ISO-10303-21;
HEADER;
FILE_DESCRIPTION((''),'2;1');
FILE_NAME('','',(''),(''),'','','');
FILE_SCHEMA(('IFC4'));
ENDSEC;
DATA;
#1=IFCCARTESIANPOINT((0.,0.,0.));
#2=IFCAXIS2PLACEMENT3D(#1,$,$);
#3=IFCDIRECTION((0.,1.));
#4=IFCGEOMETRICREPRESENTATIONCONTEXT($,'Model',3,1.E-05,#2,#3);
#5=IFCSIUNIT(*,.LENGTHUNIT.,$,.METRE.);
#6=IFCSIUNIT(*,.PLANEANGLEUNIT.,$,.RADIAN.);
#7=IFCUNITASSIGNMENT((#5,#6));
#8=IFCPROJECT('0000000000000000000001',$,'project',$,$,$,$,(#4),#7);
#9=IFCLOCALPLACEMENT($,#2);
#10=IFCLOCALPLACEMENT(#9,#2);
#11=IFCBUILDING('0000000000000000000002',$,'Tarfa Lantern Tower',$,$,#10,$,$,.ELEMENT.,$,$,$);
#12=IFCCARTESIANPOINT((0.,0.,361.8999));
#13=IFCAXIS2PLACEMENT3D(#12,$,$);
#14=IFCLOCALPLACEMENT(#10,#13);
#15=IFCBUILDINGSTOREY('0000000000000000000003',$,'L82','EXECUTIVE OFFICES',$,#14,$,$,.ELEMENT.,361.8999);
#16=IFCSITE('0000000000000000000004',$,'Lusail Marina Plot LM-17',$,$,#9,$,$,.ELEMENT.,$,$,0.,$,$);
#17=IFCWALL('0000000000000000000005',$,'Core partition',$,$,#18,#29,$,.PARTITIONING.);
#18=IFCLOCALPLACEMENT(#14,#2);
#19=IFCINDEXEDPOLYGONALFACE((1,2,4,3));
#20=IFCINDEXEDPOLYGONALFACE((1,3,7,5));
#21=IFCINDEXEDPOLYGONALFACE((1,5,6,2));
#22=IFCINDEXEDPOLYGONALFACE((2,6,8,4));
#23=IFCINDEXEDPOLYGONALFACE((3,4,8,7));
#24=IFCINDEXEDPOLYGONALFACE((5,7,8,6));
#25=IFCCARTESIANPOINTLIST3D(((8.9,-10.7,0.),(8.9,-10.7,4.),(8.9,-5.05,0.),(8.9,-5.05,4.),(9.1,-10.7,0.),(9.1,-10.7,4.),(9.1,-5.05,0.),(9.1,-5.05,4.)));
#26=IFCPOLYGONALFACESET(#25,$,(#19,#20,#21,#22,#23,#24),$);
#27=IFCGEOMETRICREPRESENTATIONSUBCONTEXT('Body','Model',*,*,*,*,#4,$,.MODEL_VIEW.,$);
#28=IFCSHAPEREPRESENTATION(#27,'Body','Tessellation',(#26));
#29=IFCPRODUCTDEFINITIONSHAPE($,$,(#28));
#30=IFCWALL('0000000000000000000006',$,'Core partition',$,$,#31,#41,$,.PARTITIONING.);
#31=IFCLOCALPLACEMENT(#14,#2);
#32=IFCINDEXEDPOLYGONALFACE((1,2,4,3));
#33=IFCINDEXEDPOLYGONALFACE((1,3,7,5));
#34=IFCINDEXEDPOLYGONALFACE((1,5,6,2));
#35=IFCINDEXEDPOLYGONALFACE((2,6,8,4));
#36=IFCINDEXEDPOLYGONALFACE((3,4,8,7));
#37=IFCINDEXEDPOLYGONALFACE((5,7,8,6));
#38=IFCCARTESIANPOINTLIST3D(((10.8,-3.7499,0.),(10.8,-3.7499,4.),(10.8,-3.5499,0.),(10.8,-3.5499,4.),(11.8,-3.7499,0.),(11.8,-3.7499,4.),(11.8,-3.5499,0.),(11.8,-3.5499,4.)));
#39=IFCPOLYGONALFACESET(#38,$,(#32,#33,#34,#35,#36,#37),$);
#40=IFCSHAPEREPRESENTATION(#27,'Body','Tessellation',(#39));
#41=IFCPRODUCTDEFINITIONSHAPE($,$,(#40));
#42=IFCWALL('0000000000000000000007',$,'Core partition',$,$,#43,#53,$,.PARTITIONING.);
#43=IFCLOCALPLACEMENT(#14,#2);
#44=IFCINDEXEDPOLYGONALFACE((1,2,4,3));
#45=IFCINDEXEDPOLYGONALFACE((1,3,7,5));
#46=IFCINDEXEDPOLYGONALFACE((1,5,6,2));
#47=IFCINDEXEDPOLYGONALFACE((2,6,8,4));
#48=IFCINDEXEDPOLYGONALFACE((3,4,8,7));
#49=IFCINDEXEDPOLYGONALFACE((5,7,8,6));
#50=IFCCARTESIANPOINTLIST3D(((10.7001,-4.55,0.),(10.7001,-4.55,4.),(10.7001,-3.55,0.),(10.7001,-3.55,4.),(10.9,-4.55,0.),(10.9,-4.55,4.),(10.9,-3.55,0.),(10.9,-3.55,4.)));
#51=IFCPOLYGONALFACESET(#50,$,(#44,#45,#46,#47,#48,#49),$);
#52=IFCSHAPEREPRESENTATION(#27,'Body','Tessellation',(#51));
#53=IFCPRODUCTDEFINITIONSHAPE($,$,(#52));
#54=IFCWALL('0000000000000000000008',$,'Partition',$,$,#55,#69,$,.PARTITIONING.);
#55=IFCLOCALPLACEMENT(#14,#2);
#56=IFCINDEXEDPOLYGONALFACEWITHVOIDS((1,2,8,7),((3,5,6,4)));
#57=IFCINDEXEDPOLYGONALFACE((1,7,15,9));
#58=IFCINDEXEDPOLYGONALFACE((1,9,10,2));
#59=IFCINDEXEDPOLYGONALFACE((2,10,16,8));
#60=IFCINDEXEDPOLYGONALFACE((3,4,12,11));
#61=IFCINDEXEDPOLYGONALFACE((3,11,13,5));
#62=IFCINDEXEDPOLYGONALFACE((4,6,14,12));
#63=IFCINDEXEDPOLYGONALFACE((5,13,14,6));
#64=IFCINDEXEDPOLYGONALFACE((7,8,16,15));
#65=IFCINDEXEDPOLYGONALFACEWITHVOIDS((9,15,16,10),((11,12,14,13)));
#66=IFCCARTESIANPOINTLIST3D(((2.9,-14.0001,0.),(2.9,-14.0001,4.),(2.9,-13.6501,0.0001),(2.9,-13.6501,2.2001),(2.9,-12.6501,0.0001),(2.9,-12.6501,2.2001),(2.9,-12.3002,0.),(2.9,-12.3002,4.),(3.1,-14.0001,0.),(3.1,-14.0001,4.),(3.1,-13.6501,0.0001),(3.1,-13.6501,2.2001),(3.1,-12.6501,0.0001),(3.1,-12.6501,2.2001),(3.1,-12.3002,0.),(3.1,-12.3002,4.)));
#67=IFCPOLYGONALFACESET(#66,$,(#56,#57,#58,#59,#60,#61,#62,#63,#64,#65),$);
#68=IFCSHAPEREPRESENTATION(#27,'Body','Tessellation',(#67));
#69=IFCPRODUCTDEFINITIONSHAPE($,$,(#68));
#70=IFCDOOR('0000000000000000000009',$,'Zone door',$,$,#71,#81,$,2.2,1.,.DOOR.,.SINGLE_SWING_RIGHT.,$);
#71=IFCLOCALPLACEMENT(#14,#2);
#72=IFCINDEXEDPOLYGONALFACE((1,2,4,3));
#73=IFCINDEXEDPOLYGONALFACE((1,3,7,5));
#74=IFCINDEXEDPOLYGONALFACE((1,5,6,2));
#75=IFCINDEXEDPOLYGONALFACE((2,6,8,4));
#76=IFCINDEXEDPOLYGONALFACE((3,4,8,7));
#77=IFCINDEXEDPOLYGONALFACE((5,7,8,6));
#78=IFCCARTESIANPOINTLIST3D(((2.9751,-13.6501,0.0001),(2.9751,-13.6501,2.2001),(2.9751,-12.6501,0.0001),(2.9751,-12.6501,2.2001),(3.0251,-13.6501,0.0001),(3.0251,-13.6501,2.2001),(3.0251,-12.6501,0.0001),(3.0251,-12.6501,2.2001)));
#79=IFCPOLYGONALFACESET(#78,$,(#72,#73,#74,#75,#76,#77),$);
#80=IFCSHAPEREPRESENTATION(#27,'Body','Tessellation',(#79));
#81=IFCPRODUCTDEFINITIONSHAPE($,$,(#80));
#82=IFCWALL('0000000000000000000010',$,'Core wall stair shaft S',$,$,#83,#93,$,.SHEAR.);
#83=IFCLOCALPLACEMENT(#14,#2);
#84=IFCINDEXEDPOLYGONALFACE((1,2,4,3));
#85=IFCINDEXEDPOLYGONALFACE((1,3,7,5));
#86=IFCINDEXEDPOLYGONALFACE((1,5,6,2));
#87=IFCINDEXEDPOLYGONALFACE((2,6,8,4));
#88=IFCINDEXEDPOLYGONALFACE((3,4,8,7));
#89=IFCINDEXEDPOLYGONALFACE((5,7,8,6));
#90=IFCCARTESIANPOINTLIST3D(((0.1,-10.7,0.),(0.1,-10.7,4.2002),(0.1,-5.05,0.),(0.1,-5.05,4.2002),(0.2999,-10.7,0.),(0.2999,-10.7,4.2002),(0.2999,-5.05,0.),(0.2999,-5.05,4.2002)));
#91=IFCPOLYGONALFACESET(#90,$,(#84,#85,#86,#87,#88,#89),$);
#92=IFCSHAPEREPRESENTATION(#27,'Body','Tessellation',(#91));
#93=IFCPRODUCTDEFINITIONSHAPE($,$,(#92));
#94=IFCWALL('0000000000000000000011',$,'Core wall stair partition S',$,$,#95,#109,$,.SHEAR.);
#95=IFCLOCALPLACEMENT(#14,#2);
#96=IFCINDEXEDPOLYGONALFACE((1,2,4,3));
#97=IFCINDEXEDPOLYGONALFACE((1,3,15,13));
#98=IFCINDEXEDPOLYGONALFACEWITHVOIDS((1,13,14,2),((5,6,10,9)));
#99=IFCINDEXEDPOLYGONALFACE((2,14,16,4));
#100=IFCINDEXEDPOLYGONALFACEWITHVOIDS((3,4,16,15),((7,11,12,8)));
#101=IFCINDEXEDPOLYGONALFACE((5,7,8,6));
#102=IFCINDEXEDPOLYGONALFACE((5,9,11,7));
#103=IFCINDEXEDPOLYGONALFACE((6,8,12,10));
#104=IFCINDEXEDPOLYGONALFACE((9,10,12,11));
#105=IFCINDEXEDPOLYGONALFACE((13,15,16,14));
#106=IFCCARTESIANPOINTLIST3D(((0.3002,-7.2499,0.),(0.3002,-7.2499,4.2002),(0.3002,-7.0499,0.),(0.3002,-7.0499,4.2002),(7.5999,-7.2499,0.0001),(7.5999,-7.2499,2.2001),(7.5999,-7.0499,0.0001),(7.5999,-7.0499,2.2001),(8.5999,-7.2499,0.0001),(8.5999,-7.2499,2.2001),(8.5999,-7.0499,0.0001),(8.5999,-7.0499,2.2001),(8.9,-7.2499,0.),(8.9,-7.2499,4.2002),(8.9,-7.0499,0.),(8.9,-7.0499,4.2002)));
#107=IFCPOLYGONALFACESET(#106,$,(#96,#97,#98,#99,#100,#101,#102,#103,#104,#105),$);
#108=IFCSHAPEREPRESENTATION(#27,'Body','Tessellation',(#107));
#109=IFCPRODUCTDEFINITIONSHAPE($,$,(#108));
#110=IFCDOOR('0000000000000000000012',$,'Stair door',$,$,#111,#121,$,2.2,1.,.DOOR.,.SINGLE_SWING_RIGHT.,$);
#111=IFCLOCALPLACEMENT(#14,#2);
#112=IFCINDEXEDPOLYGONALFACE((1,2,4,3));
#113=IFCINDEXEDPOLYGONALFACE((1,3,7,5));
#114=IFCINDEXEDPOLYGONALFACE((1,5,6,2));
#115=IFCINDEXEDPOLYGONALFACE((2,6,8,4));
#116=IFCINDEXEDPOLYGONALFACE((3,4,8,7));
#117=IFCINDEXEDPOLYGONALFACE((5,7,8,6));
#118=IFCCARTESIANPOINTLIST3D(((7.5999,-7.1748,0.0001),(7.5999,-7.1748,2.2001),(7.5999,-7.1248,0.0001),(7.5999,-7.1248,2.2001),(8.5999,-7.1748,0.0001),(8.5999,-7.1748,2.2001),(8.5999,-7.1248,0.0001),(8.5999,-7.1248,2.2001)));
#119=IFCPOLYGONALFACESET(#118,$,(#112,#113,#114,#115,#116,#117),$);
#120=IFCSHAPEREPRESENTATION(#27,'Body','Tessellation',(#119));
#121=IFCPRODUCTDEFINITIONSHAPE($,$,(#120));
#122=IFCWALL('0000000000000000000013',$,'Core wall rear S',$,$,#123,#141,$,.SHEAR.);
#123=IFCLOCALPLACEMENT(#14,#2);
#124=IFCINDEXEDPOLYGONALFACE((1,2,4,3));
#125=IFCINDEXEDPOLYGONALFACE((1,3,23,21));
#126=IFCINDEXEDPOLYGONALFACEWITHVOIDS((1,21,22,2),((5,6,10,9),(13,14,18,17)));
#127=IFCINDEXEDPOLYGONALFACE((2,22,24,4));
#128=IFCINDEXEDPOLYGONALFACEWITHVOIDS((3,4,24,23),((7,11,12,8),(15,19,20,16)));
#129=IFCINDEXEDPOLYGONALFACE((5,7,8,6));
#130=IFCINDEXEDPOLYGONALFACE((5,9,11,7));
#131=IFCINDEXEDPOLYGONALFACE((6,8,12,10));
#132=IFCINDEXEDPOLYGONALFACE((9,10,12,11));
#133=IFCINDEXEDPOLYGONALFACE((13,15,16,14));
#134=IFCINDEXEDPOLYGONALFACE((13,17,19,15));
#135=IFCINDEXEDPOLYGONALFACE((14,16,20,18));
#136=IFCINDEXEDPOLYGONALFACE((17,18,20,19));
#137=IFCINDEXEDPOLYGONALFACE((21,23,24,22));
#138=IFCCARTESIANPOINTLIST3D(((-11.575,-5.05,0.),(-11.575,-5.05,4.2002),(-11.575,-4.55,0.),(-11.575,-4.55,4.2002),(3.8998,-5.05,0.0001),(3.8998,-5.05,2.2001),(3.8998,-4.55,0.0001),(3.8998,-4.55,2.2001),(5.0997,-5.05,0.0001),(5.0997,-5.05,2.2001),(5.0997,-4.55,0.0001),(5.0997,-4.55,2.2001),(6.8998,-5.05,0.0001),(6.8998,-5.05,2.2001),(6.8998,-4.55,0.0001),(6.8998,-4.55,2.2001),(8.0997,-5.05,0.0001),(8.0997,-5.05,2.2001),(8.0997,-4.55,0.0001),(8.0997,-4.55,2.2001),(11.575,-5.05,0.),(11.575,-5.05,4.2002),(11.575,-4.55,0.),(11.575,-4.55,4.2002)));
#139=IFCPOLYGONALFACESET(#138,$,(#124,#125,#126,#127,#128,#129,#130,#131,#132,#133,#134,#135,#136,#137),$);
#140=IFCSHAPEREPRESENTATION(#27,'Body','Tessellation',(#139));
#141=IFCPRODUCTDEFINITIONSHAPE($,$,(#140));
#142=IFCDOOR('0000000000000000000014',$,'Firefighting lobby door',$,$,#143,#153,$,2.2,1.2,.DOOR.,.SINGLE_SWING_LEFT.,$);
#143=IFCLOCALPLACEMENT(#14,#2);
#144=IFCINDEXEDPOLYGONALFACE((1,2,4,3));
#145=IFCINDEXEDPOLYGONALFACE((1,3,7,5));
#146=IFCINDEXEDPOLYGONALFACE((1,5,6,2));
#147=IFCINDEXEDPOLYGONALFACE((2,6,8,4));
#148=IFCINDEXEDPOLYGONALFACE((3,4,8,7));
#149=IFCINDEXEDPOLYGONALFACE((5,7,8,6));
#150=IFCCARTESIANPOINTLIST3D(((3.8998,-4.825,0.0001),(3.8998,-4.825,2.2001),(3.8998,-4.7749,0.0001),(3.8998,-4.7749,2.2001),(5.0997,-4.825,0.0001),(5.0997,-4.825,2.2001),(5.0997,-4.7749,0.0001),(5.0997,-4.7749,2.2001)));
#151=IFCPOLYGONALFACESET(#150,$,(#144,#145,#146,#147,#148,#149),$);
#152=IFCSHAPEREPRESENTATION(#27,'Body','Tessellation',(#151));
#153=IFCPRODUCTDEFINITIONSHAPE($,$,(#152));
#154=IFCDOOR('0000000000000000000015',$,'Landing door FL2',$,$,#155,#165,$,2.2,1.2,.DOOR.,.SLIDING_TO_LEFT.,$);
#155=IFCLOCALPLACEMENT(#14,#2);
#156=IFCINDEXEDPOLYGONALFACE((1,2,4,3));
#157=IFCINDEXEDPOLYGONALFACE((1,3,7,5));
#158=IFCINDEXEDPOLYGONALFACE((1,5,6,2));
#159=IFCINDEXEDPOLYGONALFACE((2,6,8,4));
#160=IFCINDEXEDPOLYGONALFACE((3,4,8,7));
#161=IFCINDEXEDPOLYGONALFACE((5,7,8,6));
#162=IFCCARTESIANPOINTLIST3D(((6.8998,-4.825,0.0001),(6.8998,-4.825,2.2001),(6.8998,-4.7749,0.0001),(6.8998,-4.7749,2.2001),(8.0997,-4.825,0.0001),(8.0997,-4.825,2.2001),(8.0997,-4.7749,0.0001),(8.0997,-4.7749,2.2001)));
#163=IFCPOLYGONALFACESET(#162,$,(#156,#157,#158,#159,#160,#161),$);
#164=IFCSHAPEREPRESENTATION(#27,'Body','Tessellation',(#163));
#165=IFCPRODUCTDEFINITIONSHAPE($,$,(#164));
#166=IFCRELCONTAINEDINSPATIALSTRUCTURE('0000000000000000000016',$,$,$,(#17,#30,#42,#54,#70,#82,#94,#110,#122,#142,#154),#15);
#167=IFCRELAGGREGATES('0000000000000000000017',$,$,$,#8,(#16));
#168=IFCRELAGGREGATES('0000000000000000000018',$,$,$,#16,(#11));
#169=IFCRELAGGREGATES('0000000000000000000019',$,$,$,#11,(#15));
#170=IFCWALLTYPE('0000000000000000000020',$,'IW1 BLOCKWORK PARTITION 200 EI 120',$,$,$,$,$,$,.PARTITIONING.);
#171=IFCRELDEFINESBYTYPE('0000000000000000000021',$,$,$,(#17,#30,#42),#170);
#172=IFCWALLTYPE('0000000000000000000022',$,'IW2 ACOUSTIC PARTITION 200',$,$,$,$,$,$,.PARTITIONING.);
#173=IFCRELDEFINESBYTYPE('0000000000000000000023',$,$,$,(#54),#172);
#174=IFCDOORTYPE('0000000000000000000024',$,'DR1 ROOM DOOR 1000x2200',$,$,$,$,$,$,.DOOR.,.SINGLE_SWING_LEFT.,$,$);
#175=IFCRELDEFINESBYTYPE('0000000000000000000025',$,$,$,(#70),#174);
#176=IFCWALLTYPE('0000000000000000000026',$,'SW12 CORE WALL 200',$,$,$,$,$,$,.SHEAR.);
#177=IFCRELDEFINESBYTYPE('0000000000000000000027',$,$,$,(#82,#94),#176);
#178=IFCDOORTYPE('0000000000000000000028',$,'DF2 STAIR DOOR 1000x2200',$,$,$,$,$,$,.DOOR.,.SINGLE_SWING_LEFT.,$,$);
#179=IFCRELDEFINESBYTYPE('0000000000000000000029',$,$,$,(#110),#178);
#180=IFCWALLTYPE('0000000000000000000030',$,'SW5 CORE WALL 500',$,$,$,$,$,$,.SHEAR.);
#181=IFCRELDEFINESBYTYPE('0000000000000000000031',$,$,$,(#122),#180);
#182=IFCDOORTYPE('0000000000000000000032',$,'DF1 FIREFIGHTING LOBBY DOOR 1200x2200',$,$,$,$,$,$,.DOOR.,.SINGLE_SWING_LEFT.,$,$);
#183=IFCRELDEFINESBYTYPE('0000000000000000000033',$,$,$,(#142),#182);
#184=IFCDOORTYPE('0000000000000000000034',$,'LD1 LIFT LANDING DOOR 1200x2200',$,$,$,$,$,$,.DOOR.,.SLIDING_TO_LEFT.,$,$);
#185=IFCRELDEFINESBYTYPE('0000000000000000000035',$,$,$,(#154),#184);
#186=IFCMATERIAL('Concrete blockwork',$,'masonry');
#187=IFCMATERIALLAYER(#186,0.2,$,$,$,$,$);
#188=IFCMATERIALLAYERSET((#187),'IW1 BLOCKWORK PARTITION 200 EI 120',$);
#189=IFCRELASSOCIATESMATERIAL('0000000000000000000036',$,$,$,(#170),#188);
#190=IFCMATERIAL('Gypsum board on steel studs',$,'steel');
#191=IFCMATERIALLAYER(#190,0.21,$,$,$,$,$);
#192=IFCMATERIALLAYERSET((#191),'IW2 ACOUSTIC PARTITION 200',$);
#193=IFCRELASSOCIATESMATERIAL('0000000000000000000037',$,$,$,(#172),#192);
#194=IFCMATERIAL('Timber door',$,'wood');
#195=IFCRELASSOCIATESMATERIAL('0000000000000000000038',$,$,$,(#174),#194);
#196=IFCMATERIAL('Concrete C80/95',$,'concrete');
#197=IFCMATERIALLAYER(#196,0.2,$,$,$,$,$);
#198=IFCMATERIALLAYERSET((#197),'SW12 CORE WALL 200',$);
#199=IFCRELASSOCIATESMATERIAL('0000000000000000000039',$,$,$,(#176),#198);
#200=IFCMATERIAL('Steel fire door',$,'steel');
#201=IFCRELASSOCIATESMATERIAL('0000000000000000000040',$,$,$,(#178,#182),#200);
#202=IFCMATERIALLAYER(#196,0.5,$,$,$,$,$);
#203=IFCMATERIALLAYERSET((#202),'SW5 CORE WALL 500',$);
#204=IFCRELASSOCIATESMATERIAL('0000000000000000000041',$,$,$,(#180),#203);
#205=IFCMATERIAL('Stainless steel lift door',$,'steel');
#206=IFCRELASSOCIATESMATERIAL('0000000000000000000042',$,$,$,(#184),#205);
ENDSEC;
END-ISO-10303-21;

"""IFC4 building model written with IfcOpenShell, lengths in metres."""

from ifc_helpers import new_model, si_unit, direction, frame, frame_2d, origin, place, context, subcontext, project, spatial, rectangle, extrude, material, layer, layer_set, type_object, element, fill, save


model = new_model("IFC4")

# Units and contexts
model_context = context("Model", 3, precision=1e-05, world=origin(), true_north=direction((0.0, 1.0)))
body_context = subcontext(model_context, "Body", "Model", "MODEL_VIEW")
ifc_project = project(units=[si_unit("LENGTHUNIT", "METRE"), si_unit("PLANEANGLEUNIT", "RADIAN")], contexts=[model_context])

# Site, building, storey
site_placement = place(None, origin())
site = spatial("IfcSite", under=ifc_project, at=site_placement, Name="Lusail Marina Plot LM-17", CompositionType="ELEMENT", RefElevation=0.0)
building_placement = place(site_placement, origin())
building = spatial("IfcBuilding", under=site, at=building_placement, Name="Tarfa Lantern Tower", CompositionType="ELEMENT")
storey_placement = place(building_placement, frame((0.0, 0.0, 361.8999)))
storey = spatial("IfcBuildingStorey", under=building, at=storey_placement, Name="L82", Description="EXECUTIVE OFFICES", CompositionType="ELEMENT", Elevation=361.8999)

# Walls
ifc_material_1 = material(Name="Concrete blockwork", Category="masonry")
ifc_layer_1 = layer(ifc_material_1, 0.2)
ifc_layer_set_1 = layer_set([ifc_layer_1], Name="IW1 BLOCKWORK PARTITION 200 EI 120")
wall_type_1 = type_object("IfcWallType", Name="IW1 BLOCKWORK PARTITION 200 EI 120", PredefinedType="PARTITIONING", material=ifc_layer_set_1)
wall_1_placement = place(storey_placement, frame((9.0, -5.05, 0.0), z_axis=(0.0, 0.0, 1.0), x_axis=(0.0, -1.0, 0.0)))
element("IfcWall", 1, at=wall_1_placement, inside=storey, type_object=wall_type_1, Name="Core partition", PredefinedType="PARTITIONING", context=body_context, shape_type="SweptSolid", body=[
    extrude(rectangle(XDim=5.6499, YDim=0.2, at=frame_2d((2.825, 0.0))), origin(), (0.0, 0.0, 1.0), 4.0),
])
for number, where, z_axis, x_axis, name in (
    (2, (11.8, -3.6499, 0.0), (0.0, 0.0, 1.0), (-1.0, 0.0, 0.0), "Core partition"),
    (3, (10.8, -3.55, 0.0), (0.0, 0.0, 1.0), (0.0, -1.0, 0.0), "Core partition"),
):
    element("IfcWall", number, at=place(storey_placement, frame(where, z_axis=z_axis, x_axis=x_axis)), inside=storey, type_object=wall_type_1, Name=name, PredefinedType="PARTITIONING", context=body_context, shape_type="SweptSolid", body=[
        extrude(rectangle(XDim=1.0, YDim=0.2, at=frame_2d((0.5, 0.0))), origin(), (0.0, 0.0, 1.0), 4.0),
    ])

# Wall, opening, door
ifc_material_2 = material(Name="Gypsum board on steel studs", Category="steel")
ifc_layer_2 = layer(ifc_material_2, 0.21)
ifc_layer_set_2 = layer_set([ifc_layer_2], Name="IW2 ACOUSTIC PARTITION 200")
wall_type_2 = type_object("IfcWallType", Name="IW2 ACOUSTIC PARTITION 200", PredefinedType="PARTITIONING", material=ifc_layer_set_2)
wall_2_placement = place(storey_placement, frame((3.0, -12.3, 0.0), z_axis=(0.0, 0.0, 1.0), x_axis=(0.0, -1.0, 0.0)))
wall_2 = element("IfcWall", 4, at=wall_2_placement, inside=storey, type_object=wall_type_2, Name="Partition", PredefinedType="PARTITIONING", context=body_context, shape_type="SweptSolid", body=[
    extrude(rectangle(XDim=1.7, YDim=0.2, at=frame_2d((0.8501, 0.0))), origin(), (0.0, 0.0, 1.0), 4.0),
])
opening_1_placement = place(wall_2_placement, frame((0.3501, 0.0, 0.0)))
opening_1 = element("IfcOpeningElement", 5, at=opening_1_placement, cuts=wall_2, PredefinedType="OPENING", context=body_context, shape_type="SweptSolid", body=[
    extrude(rectangle(XDim=1.0, YDim=2.2, at=frame_2d((0.5, 1.1001))), frame((0.0, 0.1099, 0.0), z_axis=(0.0, -1.0, 0.0), x_axis=(1.0, 0.0, 0.0)), (0.0, 0.0, 1.0), 0.22),
])
ifc_material_3 = material(Name="Timber door", Category="wood")
door_type_1 = type_object("IfcDoorType", Name="DR1 ROOM DOOR 1000x2200", OperationType="SINGLE_SWING_LEFT", PredefinedType="DOOR", material=ifc_material_3)
door_1_placement = place(opening_1_placement, frame((1.0, 0.0, 0.0), z_axis=(0.0, 0.0, 1.0), x_axis=(-1.0, 0.0, 0.0)))
door_1 = element("IfcDoor", 6, at=door_1_placement, inside=storey, type_object=door_type_1, Name="Zone door", OperationType="SINGLE_SWING_RIGHT", OverallHeight=2.2, OverallWidth=1.0, PredefinedType="DOOR", context=body_context, shape_type="SweptSolid", body=[
    extrude(rectangle(XDim=1.0, YDim=2.2, at=frame_2d((0.5, 1.1001))), frame((0.0, 0.0249, 0.0), z_axis=(0.0, -1.0, 0.0), x_axis=(1.0, 0.0, 0.0)), (0.0, 0.0, 1.0), 0.05),
])
fill(opening_1, door_1)

# Wall
ifc_material_4 = material(Name="Concrete C80/95", Category="concrete")
ifc_layer_3 = layer(ifc_material_4, 0.2)
ifc_layer_set_3 = layer_set([ifc_layer_3], Name="SW12 CORE WALL 200")
wall_type_3 = type_object("IfcWallType", Name="SW12 CORE WALL 200", PredefinedType="SHEAR", material=ifc_layer_set_3)
wall_3_placement = place(storey_placement, frame((0.2, -5.05, 0.0), z_axis=(0.0, 0.0, 1.0), x_axis=(0.0, -1.0, 0.0)))
element("IfcWall", 7, at=wall_3_placement, inside=storey, type_object=wall_type_3, Name="Core wall stair shaft S", PredefinedType="SHEAR", context=body_context, shape_type="SweptSolid", body=[
    extrude(rectangle(XDim=5.6499, YDim=0.2, at=frame_2d((2.825, 0.0))), origin(), (0.0, 0.0, 1.0), 4.2002),
])

# Wall, opening, door
wall_4_placement = place(storey_placement, frame((8.8999, -7.1499, 0.0), z_axis=(0.0, 0.0, 1.0), x_axis=(-1.0, 0.0, 0.0)))
wall_4 = element("IfcWall", 8, at=wall_4_placement, inside=storey, type_object=wall_type_3, Name="Core wall stair partition S", PredefinedType="SHEAR", context=body_context, shape_type="SweptSolid", body=[
    extrude(rectangle(XDim=8.5999, YDim=0.2, at=frame_2d((4.2998, 0.0))), origin(), (0.0, 0.0, 1.0), 4.2002),
])
opening_2_placement = place(wall_4_placement, frame((0.3, 0.0, 0.0)))
opening_2 = element("IfcOpeningElement", 9, at=opening_2_placement, cuts=wall_4, PredefinedType="OPENING", context=body_context, shape_type="SweptSolid", body=[
    extrude(rectangle(XDim=1.0, YDim=2.2, at=frame_2d((0.5, 1.1001))), frame((0.0, 0.1099, 0.0), z_axis=(0.0, -1.0, 0.0), x_axis=(1.0, 0.0, 0.0)), (0.0, 0.0, 1.0), 0.22),
])
ifc_material_5 = material(Name="Steel fire door", Category="steel")
door_type_2 = type_object("IfcDoorType", Name="DF2 STAIR DOOR 1000x2200", OperationType="SINGLE_SWING_LEFT", PredefinedType="DOOR", material=ifc_material_5)
door_2_placement = place(opening_2_placement, origin())
door_2 = element("IfcDoor", 10, at=door_2_placement, inside=storey, type_object=door_type_2, Name="Stair door", OperationType="SINGLE_SWING_RIGHT", OverallHeight=2.2, OverallWidth=1.0, PredefinedType="DOOR", context=body_context, shape_type="SweptSolid", body=[
    extrude(rectangle(XDim=1.0, YDim=2.2, at=frame_2d((0.5, 1.1001))), frame((0.0, 0.0249, 0.0), z_axis=(0.0, -1.0, 0.0), x_axis=(1.0, 0.0, 0.0)), (0.0, 0.0, 1.0), 0.05),
])
fill(opening_2, door_2)

# Wall, openings, doors
ifc_layer_4 = layer(ifc_material_4, 0.5)
ifc_layer_set_4 = layer_set([ifc_layer_4], Name="SW5 CORE WALL 500")
wall_type_4 = type_object("IfcWallType", Name="SW5 CORE WALL 500", PredefinedType="SHEAR", material=ifc_layer_set_4)
wall_5_placement = place(storey_placement, frame((11.575, -4.8, 0.0), z_axis=(0.0, 0.0, 1.0), x_axis=(-1.0, 0.0, 0.0)))
wall_5 = element("IfcWall", 11, at=wall_5_placement, inside=storey, type_object=wall_type_4, Name="Core wall rear S", PredefinedType="SHEAR", context=body_context, shape_type="SweptSolid", body=[
    extrude(rectangle(XDim=23.1499, YDim=0.5, at=frame_2d((11.575, 0.0))), origin(), (0.0, 0.0, 1.0), 4.2002),
])
opening_3_placement = place(wall_5_placement, frame((6.4751, 0.0, 0.0)))
opening_3 = element("IfcOpeningElement", 12, at=opening_3_placement, cuts=wall_5, PredefinedType="OPENING", context=body_context, shape_type="SweptSolid", body=[
    extrude(rectangle(XDim=1.2, YDim=2.2, at=frame_2d((0.6001, 1.1001))), frame((0.0, 0.26, 0.0), z_axis=(0.0, -1.0, 0.0), x_axis=(1.0, 0.0, 0.0)), (0.0, 0.0, 1.0), 0.52),
])
opening_4_placement = place(wall_5_placement, frame((3.4751, 0.0, 0.0)))
opening_4 = element("IfcOpeningElement", 13, at=opening_4_placement, cuts=wall_5, PredefinedType="OPENING", context=body_context, shape_type="SweptSolid", body=[
    extrude(rectangle(XDim=1.2, YDim=2.2, at=frame_2d((0.6001, 1.1001))), frame((0.0, 0.26, 0.0), z_axis=(0.0, -1.0, 0.0), x_axis=(1.0, 0.0, 0.0)), (0.0, 0.0, 1.0), 0.52),
])
door_type_3 = type_object("IfcDoorType", Name="DF1 FIREFIGHTING LOBBY DOOR 1200x2200", OperationType="SINGLE_SWING_LEFT", PredefinedType="DOOR", material=ifc_material_5)
door_3_placement = place(opening_3_placement, origin())
door_3 = element("IfcDoor", 14, at=door_3_placement, inside=storey, type_object=door_type_3, Name="Firefighting lobby door", OperationType="SINGLE_SWING_LEFT", OverallHeight=2.2, OverallWidth=1.2, PredefinedType="DOOR", context=body_context, shape_type="SweptSolid", body=[
    extrude(rectangle(XDim=1.2, YDim=2.2, at=frame_2d((0.6001, 1.1001))), frame((0.0, 0.0249, 0.0), z_axis=(0.0, -1.0, 0.0), x_axis=(1.0, 0.0, 0.0)), (0.0, 0.0, 1.0), 0.05),
])
fill(opening_3, door_3)
ifc_material_6 = material(Name="Stainless steel lift door", Category="steel")
door_type_4 = type_object("IfcDoorType", Name="LD1 LIFT LANDING DOOR 1200x2200", OperationType="SLIDING_TO_LEFT", PredefinedType="DOOR", material=ifc_material_6)
door_4_placement = place(opening_4_placement, origin())
door_4 = element("IfcDoor", 15, at=door_4_placement, inside=storey, type_object=door_type_4, Name="Landing door FL2", OperationType="SLIDING_TO_LEFT", OverallHeight=2.2, OverallWidth=1.2, PredefinedType="DOOR", context=body_context, shape_type="SweptSolid", body=[
    extrude(rectangle(XDim=1.2, YDim=2.2, at=frame_2d((0.6001, 1.1001))), frame((0.0, 0.0249, 0.0), z_axis=(0.0, -1.0, 0.0), x_axis=(1.0, 0.0, 0.0)), (0.0, 0.0, 1.0), 0.05),
])
fill(opening_4, door_4)

save(model, "model.ifc")
